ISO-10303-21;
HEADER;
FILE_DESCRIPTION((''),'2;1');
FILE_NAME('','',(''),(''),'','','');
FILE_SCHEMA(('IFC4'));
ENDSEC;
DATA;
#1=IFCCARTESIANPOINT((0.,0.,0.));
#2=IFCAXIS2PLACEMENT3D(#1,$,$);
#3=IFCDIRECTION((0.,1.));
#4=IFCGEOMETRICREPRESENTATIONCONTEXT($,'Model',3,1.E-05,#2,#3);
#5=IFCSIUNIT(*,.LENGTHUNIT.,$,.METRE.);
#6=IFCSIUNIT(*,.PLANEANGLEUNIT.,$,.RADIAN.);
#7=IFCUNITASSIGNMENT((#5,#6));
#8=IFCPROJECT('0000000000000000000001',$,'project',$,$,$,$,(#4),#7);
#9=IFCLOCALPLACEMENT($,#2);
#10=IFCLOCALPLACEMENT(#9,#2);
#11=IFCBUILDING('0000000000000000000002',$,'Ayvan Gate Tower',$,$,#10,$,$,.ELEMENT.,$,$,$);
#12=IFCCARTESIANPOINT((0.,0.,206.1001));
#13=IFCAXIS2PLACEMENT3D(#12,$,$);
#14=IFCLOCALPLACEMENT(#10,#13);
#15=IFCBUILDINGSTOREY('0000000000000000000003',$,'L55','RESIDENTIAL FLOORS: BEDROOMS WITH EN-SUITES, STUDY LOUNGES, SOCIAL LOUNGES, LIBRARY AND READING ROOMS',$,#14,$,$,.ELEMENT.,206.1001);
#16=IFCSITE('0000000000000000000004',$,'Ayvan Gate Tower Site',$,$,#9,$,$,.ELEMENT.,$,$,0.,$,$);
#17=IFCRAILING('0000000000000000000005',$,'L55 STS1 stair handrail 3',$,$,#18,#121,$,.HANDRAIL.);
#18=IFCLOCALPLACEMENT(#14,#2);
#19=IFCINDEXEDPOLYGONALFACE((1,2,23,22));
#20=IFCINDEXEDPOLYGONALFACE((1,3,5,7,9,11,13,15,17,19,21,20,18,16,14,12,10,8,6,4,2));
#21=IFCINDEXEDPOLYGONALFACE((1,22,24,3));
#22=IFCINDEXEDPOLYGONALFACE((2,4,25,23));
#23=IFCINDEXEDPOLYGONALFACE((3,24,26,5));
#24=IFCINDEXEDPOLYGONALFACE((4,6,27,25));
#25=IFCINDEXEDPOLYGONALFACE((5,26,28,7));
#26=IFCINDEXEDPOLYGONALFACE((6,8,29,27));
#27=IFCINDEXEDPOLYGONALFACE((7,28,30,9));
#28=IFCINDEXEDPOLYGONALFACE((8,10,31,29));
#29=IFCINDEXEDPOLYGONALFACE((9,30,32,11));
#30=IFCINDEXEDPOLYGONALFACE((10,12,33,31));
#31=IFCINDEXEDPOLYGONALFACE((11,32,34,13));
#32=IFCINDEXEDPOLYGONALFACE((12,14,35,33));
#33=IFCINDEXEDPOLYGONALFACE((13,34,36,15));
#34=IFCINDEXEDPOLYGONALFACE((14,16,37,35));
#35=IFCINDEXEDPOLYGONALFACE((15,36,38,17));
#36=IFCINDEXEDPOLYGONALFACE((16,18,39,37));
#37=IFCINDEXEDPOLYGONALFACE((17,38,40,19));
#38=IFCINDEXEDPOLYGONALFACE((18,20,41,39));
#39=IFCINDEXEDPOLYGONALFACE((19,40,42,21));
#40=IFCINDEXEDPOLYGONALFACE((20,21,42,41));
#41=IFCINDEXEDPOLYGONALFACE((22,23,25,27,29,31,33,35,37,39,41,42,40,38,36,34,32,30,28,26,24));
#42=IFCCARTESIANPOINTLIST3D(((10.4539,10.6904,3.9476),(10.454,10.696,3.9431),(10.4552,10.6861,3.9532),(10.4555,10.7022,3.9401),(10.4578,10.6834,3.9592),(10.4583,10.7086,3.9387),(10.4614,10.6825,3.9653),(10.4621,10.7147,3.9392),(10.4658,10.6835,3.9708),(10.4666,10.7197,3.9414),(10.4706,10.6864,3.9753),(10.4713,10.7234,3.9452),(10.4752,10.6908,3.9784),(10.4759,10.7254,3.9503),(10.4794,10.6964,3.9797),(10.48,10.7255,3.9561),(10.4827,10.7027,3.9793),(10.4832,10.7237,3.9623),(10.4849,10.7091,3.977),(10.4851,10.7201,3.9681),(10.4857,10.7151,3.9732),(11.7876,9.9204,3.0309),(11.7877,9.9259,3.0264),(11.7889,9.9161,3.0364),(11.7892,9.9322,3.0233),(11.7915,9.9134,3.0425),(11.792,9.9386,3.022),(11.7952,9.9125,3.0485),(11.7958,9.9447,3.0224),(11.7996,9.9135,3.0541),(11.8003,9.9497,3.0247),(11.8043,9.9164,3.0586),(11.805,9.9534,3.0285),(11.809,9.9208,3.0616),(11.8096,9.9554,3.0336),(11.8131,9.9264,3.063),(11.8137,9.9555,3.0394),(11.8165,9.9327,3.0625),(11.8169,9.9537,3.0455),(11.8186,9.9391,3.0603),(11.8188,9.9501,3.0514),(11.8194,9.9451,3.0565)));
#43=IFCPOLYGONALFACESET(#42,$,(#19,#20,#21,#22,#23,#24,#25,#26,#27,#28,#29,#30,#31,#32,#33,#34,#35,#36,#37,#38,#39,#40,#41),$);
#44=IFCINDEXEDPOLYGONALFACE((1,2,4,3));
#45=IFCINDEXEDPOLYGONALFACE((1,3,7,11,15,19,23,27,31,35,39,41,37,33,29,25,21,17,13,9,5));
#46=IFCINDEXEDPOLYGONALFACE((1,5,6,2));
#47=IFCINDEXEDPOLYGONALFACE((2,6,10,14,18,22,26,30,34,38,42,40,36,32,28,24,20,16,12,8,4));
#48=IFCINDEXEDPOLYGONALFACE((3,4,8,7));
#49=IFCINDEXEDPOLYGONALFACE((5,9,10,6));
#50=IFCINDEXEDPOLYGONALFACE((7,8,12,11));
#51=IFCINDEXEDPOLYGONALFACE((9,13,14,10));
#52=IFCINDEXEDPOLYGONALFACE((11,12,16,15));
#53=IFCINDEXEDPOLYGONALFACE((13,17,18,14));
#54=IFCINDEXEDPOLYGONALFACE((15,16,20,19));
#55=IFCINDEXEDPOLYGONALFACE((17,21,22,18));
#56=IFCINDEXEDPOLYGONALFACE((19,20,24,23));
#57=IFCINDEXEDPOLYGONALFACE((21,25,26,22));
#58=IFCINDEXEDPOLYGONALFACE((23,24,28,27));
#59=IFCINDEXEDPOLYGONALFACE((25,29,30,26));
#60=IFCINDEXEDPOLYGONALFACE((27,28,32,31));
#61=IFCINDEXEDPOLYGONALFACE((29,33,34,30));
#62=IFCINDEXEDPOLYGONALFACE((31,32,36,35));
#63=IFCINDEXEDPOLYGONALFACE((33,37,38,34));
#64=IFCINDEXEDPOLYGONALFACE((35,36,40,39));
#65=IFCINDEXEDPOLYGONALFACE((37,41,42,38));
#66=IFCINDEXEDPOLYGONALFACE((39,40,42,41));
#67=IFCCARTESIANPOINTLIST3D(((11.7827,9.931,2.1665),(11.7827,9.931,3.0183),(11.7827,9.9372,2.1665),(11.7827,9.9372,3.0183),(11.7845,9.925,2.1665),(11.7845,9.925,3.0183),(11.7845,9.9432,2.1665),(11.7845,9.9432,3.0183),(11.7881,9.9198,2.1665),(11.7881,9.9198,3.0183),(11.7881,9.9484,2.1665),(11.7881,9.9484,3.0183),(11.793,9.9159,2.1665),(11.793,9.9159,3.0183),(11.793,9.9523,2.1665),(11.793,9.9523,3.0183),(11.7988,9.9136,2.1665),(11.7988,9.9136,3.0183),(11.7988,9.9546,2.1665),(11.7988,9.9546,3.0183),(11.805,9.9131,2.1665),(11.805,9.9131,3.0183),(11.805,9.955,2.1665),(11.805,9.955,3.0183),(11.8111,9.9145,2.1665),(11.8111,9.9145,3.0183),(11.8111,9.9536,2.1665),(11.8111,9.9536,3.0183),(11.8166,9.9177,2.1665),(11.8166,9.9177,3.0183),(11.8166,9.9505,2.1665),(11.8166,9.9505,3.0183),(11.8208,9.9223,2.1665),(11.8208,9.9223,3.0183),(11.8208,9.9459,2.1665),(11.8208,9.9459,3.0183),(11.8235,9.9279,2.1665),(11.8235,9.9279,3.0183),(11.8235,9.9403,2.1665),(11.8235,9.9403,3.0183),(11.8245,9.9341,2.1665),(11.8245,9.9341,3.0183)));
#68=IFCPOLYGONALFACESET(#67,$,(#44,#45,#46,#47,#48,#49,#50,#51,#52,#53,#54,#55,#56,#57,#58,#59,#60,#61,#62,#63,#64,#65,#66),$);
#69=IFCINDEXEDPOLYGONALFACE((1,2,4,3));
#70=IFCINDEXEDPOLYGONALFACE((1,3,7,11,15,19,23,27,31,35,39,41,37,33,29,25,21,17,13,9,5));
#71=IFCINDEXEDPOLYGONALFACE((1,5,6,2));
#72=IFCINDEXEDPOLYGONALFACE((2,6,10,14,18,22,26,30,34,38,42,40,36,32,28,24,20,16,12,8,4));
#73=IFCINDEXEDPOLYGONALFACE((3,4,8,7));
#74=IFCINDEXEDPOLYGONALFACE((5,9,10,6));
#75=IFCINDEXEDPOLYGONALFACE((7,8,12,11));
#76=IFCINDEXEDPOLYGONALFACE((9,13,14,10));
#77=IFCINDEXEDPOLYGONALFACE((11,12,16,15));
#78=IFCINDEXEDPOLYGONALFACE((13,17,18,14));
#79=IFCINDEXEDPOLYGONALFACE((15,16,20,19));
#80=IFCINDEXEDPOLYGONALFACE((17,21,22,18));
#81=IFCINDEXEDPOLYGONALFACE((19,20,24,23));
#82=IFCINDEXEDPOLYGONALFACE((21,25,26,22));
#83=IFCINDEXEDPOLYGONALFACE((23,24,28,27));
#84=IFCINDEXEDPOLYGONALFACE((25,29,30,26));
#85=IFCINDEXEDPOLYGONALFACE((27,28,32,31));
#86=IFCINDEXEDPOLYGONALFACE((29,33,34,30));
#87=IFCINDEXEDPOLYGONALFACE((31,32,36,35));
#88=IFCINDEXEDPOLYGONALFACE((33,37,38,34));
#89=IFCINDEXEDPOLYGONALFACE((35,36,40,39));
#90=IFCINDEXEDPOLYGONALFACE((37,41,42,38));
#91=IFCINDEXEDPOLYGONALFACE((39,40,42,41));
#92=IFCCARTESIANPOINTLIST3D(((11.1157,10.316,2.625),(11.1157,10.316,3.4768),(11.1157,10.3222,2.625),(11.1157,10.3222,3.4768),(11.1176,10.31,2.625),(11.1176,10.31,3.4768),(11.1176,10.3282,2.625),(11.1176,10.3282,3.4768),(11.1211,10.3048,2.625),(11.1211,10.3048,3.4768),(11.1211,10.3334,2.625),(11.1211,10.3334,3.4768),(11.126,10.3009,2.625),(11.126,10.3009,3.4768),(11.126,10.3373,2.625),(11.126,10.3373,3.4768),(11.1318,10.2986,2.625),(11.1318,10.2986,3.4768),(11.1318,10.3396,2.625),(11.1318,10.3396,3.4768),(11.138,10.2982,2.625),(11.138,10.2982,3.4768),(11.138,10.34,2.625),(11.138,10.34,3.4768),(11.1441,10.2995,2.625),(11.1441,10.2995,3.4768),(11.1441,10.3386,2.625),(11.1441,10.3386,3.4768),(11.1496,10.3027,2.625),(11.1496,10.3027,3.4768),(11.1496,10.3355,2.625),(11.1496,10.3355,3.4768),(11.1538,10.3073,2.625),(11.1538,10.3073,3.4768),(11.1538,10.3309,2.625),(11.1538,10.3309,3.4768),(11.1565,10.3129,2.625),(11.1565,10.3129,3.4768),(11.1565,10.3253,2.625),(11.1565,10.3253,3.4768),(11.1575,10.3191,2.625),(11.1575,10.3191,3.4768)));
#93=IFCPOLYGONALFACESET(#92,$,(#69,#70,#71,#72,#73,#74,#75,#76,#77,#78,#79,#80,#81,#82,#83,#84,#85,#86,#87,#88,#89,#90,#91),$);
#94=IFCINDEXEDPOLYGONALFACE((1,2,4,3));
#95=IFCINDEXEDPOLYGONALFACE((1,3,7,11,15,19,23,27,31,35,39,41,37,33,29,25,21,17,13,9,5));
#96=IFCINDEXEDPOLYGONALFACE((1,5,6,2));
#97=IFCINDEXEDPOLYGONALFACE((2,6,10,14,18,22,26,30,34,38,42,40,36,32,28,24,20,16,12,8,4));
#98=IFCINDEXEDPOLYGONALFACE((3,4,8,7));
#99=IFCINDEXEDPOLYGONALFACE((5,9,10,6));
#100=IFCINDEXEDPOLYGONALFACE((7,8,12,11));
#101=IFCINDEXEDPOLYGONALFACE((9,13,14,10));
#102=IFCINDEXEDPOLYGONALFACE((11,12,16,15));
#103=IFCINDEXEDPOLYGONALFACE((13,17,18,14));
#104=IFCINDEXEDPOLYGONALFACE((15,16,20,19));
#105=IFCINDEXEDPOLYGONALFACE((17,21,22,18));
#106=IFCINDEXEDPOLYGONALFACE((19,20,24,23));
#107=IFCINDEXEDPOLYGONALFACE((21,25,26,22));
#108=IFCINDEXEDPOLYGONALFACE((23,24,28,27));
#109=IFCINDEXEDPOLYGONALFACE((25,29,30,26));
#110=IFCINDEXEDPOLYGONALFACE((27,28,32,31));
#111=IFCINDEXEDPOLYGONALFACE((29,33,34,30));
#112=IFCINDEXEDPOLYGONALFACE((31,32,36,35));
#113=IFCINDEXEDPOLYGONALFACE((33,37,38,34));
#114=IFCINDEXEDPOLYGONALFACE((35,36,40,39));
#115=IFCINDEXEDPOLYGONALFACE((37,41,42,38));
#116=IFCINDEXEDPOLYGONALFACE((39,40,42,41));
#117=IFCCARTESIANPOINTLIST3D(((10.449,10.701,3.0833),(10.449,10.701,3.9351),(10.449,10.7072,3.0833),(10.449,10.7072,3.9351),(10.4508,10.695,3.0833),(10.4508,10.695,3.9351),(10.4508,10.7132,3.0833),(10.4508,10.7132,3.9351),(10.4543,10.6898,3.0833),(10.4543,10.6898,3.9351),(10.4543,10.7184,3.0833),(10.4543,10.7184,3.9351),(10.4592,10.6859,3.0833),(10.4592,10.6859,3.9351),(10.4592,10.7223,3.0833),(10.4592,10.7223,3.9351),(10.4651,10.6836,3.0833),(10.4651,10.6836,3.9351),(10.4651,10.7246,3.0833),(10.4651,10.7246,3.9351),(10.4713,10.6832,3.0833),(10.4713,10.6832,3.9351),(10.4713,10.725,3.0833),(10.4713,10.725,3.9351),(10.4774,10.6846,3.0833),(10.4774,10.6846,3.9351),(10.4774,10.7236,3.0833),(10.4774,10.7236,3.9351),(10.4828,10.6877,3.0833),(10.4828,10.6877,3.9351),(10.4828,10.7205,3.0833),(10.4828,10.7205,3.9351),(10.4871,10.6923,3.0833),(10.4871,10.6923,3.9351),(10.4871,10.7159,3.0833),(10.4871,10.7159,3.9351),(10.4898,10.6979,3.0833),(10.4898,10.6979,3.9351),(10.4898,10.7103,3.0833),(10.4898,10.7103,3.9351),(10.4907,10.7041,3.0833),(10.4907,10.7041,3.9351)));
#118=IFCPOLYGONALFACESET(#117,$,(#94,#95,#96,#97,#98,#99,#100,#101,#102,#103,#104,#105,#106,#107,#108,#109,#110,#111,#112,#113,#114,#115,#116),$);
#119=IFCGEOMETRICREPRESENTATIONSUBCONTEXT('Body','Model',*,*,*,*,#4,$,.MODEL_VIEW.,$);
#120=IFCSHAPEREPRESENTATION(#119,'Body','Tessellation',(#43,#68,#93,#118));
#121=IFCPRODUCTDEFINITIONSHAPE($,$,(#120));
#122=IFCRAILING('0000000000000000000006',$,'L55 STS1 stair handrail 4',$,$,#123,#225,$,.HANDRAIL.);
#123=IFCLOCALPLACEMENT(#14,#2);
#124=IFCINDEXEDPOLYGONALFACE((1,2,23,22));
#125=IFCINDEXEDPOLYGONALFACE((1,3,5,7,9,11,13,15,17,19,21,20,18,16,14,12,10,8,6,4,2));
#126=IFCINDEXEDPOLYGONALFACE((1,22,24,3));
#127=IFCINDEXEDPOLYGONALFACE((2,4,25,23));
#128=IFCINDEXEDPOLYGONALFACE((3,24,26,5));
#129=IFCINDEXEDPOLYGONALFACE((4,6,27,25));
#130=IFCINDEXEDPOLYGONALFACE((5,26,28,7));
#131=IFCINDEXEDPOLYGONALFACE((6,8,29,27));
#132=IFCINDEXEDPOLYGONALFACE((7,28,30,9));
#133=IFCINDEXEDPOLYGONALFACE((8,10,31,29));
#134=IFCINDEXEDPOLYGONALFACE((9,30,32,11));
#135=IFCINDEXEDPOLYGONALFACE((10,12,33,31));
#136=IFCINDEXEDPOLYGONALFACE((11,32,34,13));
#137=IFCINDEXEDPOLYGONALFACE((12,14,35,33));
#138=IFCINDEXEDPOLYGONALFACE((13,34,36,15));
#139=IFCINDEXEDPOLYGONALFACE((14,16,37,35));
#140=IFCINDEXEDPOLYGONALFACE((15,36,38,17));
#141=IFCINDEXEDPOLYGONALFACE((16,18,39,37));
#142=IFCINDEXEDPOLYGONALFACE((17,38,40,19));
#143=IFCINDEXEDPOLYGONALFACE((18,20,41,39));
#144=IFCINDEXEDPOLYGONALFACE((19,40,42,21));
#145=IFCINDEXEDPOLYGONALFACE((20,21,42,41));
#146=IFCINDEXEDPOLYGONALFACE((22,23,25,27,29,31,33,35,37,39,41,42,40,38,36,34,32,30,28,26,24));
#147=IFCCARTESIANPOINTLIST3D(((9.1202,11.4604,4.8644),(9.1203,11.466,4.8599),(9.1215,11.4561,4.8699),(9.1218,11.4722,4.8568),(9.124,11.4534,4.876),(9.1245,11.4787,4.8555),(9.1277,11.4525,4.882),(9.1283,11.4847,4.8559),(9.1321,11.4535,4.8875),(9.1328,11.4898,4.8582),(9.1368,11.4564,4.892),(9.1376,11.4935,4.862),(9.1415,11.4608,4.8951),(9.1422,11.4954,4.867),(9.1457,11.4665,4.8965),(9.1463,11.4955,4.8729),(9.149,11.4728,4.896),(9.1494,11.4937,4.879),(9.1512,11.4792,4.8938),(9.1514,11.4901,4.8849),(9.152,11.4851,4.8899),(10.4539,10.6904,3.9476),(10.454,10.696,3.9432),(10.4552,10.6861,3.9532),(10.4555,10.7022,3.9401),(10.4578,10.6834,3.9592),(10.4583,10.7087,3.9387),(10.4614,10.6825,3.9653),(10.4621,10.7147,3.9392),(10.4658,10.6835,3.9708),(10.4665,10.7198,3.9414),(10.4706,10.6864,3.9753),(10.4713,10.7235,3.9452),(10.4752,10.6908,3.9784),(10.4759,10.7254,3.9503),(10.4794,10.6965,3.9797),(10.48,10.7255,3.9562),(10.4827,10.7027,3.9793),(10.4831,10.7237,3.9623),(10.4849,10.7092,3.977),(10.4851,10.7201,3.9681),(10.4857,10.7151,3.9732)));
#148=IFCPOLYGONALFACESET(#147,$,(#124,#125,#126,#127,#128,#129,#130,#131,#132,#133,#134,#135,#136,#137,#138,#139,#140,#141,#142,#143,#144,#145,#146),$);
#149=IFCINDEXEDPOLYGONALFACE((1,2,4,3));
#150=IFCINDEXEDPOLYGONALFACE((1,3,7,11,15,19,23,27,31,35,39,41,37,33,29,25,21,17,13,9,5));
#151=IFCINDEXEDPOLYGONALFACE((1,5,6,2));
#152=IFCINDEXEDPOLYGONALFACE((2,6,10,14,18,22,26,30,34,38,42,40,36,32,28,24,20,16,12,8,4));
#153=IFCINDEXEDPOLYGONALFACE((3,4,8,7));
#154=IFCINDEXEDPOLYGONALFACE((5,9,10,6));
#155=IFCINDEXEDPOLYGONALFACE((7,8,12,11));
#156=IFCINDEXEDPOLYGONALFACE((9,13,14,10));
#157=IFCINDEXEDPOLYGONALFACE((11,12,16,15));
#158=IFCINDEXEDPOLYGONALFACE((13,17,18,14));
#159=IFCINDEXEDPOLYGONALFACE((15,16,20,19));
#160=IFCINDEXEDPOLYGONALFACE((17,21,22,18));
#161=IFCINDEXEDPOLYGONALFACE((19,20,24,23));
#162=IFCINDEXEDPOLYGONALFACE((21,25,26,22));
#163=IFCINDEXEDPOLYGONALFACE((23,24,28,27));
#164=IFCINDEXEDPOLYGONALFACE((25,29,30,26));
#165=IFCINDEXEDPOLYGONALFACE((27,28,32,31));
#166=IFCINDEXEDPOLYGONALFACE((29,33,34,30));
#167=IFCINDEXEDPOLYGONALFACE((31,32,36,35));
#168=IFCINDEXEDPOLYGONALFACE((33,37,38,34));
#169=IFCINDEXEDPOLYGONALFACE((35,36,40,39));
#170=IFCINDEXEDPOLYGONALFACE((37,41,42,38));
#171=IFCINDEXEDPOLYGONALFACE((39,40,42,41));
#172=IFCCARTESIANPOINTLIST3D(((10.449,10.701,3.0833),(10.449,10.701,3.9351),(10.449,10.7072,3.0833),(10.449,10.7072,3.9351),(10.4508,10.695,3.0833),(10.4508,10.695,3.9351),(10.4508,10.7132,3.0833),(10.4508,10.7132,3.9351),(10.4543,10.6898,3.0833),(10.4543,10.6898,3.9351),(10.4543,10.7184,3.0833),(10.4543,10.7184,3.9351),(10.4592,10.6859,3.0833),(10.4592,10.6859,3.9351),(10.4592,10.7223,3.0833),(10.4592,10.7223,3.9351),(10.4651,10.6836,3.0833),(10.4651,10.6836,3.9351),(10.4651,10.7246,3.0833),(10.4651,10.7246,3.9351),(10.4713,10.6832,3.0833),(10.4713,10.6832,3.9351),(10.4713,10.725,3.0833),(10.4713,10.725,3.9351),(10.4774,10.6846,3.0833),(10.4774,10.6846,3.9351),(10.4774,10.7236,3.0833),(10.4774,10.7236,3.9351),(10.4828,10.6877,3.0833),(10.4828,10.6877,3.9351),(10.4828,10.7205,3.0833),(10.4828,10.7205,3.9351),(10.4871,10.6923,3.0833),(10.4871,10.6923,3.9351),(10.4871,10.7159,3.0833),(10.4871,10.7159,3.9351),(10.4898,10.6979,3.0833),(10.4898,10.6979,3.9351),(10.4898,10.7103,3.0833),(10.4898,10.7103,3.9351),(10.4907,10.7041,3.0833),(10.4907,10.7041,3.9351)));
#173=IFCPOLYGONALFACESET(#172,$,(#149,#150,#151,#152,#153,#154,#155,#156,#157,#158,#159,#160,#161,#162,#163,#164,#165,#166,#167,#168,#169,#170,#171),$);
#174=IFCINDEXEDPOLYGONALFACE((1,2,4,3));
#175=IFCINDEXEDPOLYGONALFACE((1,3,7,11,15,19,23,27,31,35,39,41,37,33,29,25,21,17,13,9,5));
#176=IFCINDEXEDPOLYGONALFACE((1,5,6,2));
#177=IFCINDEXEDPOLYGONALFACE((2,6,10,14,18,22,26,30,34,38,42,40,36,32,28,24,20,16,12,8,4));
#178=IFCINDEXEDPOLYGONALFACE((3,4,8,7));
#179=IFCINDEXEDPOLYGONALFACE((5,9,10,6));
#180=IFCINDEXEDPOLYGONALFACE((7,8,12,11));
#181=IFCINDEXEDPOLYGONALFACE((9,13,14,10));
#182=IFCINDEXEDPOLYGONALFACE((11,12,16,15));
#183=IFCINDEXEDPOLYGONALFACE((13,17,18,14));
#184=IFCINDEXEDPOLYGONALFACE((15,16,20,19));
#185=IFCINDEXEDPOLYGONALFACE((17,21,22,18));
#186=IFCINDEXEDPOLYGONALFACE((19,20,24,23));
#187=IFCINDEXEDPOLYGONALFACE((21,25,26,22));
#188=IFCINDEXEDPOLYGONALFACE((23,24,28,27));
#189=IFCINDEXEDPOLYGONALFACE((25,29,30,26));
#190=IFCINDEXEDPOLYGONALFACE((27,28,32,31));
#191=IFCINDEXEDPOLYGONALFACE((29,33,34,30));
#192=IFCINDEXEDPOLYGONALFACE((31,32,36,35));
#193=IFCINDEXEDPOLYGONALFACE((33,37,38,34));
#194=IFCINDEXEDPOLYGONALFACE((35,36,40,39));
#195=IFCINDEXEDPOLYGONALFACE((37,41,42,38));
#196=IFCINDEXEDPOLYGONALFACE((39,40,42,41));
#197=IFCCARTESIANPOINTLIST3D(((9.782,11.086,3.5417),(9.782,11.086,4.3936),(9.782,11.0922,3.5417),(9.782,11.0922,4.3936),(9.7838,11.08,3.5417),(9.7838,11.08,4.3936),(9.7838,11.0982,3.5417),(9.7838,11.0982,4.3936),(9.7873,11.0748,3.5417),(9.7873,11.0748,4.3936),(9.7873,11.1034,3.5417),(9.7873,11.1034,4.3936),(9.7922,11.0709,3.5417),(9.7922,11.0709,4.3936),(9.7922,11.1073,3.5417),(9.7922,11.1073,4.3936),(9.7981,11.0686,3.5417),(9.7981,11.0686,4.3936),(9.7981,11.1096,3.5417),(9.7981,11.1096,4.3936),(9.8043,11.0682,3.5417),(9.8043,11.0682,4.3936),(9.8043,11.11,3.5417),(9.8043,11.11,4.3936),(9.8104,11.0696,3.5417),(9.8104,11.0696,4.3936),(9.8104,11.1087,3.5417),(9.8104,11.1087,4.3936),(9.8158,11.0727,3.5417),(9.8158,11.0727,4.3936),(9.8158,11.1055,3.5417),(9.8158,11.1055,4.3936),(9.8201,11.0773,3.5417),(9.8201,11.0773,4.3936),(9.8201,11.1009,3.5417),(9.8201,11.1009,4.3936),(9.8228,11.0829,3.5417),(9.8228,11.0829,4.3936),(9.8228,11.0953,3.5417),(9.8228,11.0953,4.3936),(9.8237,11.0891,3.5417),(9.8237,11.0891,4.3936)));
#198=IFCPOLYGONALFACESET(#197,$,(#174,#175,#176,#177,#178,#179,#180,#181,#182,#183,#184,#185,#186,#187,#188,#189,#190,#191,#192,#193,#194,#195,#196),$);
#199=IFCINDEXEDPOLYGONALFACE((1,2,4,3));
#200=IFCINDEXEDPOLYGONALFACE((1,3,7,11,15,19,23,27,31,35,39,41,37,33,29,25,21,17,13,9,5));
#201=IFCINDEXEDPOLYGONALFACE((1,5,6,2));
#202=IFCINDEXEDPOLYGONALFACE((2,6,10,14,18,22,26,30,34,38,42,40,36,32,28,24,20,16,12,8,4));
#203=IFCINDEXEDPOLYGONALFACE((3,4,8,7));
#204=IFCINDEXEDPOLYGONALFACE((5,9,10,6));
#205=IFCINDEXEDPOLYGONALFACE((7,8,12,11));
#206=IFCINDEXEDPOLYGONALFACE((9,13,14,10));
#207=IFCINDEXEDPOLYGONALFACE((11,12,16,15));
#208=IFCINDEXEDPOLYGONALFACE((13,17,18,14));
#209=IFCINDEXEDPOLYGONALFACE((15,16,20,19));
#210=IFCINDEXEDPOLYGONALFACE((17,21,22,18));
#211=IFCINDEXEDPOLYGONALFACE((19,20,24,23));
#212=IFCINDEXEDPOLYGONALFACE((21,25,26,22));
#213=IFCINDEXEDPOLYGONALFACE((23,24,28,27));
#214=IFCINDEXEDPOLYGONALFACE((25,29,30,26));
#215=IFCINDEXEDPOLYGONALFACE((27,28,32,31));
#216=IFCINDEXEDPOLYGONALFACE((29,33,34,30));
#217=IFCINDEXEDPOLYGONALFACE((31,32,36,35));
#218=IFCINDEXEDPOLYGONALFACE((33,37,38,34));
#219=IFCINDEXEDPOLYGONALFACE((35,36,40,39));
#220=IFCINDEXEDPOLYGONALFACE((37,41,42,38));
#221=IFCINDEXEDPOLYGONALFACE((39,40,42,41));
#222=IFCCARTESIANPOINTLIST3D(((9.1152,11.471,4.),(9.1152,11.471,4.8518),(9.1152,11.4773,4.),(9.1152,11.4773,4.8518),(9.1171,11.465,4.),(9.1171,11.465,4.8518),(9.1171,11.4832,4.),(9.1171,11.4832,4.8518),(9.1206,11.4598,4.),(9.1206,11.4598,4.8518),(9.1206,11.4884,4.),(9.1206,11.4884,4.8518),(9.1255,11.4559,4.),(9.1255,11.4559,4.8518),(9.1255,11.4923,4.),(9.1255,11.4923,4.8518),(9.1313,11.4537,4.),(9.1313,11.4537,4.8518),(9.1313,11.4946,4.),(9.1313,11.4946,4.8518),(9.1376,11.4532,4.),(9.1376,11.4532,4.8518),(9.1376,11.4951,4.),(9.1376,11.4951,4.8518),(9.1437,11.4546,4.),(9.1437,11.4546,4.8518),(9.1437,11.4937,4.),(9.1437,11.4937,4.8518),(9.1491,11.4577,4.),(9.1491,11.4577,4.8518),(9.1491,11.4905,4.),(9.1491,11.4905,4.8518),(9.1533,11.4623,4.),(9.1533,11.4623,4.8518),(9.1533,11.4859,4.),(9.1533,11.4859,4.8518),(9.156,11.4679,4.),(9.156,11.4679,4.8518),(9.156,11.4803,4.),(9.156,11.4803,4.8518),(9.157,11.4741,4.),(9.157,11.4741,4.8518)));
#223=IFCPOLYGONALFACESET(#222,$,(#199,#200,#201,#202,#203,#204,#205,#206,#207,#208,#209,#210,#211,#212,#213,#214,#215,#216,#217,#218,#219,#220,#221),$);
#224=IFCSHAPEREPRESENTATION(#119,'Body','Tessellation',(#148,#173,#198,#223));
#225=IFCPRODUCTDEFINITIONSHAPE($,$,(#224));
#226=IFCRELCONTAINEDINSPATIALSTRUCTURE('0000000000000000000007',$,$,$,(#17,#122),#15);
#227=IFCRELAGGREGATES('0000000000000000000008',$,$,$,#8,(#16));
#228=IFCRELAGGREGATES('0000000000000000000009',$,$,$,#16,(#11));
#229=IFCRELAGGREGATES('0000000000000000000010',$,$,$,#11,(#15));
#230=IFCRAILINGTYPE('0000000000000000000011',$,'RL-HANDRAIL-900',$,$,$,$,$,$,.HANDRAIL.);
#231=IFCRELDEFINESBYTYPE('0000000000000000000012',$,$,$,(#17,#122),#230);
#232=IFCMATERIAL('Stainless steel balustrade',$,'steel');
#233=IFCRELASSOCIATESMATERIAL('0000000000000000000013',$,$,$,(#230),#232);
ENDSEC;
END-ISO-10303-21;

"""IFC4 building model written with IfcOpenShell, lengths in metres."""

from ifc_helpers import new_model, si_unit, direction, frame, origin, origin_2d, place, context, subcontext, project, spatial, circle, extrude, material, type_object, element, save


model = new_model("IFC4")

# Units and contexts
model_context = context("Model", 3, precision=1e-05, world=origin(), true_north=direction((0.0, 1.0)))
body_context = subcontext(model_context, "Body", "Model", "MODEL_VIEW")
ifc_project = project(units=[si_unit("LENGTHUNIT", "METRE"), si_unit("PLANEANGLEUNIT", "RADIAN")], contexts=[model_context])

# Site, building, storey
site_placement = place(None, origin())
site = spatial("IfcSite", under=ifc_project, at=site_placement, Name="Ayvan Gate Tower Site", CompositionType="ELEMENT", RefElevation=0.0)
building_placement = place(site_placement, origin())
building = spatial("IfcBuilding", under=site, at=building_placement, Name="Ayvan Gate Tower", CompositionType="ELEMENT")
storey_placement = place(building_placement, frame((0.0, 0.0, 206.1001)))
storey = spatial("IfcBuildingStorey", under=building, at=storey_placement, Name="L55", Description="RESIDENTIAL FLOORS: BEDROOMS WITH EN-SUITES, STUDY LOUNGES, SOCIAL LOUNGES, LIBRARY AND READING ROOMS", CompositionType="ELEMENT", Elevation=206.1001)

# Railings
ifc_material_1 = material(Name="Stainless steel balustrade", Category="steel")
railing_type_1 = type_object("IfcRailingType", Name="RL-HANDRAIL-900", PredefinedType="HANDRAIL", material=ifc_material_1)
for number, where, name in (
    (1, (11.8035, 9.9341, 2.1665), "L55 STS1 stair handrail 3"),
    (2, (10.4697, 10.7041, 3.0833), "L55 STS1 stair handrail 4"),
):
    element("IfcRailing", number, at=place(storey_placement, frame(where)), inside=storey, type_object=railing_type_1, Name=name, PredefinedType="HANDRAIL", context=body_context, shape_type="SweptSolid", body=[
        extrude(circle(Radius=0.0239, at=origin_2d()), frame((0.0, 0.0, 0.876), z_axis=(-0.744164, 0.429634, 0.511502), x_axis=(-0.499992, -0.86603, 0.0)), (0.0, 0.0, 1.0), 1.7922),
        extrude(circle(Radius=0.021, at=origin_2d()), origin(), (0.0, 0.0, 1.0), 0.8518),
        extrude(circle(Radius=0.021, at=origin_2d()), frame((-0.667, 0.385, 0.4585)), (0.0, 0.0, 1.0), 0.8518),
        extrude(circle(Radius=0.021, at=origin_2d()), frame((-1.3337, 0.77, 0.9167)), (0.0, 0.0, 1.0), 0.8518),
    ])

save(model, "model.ifc")
